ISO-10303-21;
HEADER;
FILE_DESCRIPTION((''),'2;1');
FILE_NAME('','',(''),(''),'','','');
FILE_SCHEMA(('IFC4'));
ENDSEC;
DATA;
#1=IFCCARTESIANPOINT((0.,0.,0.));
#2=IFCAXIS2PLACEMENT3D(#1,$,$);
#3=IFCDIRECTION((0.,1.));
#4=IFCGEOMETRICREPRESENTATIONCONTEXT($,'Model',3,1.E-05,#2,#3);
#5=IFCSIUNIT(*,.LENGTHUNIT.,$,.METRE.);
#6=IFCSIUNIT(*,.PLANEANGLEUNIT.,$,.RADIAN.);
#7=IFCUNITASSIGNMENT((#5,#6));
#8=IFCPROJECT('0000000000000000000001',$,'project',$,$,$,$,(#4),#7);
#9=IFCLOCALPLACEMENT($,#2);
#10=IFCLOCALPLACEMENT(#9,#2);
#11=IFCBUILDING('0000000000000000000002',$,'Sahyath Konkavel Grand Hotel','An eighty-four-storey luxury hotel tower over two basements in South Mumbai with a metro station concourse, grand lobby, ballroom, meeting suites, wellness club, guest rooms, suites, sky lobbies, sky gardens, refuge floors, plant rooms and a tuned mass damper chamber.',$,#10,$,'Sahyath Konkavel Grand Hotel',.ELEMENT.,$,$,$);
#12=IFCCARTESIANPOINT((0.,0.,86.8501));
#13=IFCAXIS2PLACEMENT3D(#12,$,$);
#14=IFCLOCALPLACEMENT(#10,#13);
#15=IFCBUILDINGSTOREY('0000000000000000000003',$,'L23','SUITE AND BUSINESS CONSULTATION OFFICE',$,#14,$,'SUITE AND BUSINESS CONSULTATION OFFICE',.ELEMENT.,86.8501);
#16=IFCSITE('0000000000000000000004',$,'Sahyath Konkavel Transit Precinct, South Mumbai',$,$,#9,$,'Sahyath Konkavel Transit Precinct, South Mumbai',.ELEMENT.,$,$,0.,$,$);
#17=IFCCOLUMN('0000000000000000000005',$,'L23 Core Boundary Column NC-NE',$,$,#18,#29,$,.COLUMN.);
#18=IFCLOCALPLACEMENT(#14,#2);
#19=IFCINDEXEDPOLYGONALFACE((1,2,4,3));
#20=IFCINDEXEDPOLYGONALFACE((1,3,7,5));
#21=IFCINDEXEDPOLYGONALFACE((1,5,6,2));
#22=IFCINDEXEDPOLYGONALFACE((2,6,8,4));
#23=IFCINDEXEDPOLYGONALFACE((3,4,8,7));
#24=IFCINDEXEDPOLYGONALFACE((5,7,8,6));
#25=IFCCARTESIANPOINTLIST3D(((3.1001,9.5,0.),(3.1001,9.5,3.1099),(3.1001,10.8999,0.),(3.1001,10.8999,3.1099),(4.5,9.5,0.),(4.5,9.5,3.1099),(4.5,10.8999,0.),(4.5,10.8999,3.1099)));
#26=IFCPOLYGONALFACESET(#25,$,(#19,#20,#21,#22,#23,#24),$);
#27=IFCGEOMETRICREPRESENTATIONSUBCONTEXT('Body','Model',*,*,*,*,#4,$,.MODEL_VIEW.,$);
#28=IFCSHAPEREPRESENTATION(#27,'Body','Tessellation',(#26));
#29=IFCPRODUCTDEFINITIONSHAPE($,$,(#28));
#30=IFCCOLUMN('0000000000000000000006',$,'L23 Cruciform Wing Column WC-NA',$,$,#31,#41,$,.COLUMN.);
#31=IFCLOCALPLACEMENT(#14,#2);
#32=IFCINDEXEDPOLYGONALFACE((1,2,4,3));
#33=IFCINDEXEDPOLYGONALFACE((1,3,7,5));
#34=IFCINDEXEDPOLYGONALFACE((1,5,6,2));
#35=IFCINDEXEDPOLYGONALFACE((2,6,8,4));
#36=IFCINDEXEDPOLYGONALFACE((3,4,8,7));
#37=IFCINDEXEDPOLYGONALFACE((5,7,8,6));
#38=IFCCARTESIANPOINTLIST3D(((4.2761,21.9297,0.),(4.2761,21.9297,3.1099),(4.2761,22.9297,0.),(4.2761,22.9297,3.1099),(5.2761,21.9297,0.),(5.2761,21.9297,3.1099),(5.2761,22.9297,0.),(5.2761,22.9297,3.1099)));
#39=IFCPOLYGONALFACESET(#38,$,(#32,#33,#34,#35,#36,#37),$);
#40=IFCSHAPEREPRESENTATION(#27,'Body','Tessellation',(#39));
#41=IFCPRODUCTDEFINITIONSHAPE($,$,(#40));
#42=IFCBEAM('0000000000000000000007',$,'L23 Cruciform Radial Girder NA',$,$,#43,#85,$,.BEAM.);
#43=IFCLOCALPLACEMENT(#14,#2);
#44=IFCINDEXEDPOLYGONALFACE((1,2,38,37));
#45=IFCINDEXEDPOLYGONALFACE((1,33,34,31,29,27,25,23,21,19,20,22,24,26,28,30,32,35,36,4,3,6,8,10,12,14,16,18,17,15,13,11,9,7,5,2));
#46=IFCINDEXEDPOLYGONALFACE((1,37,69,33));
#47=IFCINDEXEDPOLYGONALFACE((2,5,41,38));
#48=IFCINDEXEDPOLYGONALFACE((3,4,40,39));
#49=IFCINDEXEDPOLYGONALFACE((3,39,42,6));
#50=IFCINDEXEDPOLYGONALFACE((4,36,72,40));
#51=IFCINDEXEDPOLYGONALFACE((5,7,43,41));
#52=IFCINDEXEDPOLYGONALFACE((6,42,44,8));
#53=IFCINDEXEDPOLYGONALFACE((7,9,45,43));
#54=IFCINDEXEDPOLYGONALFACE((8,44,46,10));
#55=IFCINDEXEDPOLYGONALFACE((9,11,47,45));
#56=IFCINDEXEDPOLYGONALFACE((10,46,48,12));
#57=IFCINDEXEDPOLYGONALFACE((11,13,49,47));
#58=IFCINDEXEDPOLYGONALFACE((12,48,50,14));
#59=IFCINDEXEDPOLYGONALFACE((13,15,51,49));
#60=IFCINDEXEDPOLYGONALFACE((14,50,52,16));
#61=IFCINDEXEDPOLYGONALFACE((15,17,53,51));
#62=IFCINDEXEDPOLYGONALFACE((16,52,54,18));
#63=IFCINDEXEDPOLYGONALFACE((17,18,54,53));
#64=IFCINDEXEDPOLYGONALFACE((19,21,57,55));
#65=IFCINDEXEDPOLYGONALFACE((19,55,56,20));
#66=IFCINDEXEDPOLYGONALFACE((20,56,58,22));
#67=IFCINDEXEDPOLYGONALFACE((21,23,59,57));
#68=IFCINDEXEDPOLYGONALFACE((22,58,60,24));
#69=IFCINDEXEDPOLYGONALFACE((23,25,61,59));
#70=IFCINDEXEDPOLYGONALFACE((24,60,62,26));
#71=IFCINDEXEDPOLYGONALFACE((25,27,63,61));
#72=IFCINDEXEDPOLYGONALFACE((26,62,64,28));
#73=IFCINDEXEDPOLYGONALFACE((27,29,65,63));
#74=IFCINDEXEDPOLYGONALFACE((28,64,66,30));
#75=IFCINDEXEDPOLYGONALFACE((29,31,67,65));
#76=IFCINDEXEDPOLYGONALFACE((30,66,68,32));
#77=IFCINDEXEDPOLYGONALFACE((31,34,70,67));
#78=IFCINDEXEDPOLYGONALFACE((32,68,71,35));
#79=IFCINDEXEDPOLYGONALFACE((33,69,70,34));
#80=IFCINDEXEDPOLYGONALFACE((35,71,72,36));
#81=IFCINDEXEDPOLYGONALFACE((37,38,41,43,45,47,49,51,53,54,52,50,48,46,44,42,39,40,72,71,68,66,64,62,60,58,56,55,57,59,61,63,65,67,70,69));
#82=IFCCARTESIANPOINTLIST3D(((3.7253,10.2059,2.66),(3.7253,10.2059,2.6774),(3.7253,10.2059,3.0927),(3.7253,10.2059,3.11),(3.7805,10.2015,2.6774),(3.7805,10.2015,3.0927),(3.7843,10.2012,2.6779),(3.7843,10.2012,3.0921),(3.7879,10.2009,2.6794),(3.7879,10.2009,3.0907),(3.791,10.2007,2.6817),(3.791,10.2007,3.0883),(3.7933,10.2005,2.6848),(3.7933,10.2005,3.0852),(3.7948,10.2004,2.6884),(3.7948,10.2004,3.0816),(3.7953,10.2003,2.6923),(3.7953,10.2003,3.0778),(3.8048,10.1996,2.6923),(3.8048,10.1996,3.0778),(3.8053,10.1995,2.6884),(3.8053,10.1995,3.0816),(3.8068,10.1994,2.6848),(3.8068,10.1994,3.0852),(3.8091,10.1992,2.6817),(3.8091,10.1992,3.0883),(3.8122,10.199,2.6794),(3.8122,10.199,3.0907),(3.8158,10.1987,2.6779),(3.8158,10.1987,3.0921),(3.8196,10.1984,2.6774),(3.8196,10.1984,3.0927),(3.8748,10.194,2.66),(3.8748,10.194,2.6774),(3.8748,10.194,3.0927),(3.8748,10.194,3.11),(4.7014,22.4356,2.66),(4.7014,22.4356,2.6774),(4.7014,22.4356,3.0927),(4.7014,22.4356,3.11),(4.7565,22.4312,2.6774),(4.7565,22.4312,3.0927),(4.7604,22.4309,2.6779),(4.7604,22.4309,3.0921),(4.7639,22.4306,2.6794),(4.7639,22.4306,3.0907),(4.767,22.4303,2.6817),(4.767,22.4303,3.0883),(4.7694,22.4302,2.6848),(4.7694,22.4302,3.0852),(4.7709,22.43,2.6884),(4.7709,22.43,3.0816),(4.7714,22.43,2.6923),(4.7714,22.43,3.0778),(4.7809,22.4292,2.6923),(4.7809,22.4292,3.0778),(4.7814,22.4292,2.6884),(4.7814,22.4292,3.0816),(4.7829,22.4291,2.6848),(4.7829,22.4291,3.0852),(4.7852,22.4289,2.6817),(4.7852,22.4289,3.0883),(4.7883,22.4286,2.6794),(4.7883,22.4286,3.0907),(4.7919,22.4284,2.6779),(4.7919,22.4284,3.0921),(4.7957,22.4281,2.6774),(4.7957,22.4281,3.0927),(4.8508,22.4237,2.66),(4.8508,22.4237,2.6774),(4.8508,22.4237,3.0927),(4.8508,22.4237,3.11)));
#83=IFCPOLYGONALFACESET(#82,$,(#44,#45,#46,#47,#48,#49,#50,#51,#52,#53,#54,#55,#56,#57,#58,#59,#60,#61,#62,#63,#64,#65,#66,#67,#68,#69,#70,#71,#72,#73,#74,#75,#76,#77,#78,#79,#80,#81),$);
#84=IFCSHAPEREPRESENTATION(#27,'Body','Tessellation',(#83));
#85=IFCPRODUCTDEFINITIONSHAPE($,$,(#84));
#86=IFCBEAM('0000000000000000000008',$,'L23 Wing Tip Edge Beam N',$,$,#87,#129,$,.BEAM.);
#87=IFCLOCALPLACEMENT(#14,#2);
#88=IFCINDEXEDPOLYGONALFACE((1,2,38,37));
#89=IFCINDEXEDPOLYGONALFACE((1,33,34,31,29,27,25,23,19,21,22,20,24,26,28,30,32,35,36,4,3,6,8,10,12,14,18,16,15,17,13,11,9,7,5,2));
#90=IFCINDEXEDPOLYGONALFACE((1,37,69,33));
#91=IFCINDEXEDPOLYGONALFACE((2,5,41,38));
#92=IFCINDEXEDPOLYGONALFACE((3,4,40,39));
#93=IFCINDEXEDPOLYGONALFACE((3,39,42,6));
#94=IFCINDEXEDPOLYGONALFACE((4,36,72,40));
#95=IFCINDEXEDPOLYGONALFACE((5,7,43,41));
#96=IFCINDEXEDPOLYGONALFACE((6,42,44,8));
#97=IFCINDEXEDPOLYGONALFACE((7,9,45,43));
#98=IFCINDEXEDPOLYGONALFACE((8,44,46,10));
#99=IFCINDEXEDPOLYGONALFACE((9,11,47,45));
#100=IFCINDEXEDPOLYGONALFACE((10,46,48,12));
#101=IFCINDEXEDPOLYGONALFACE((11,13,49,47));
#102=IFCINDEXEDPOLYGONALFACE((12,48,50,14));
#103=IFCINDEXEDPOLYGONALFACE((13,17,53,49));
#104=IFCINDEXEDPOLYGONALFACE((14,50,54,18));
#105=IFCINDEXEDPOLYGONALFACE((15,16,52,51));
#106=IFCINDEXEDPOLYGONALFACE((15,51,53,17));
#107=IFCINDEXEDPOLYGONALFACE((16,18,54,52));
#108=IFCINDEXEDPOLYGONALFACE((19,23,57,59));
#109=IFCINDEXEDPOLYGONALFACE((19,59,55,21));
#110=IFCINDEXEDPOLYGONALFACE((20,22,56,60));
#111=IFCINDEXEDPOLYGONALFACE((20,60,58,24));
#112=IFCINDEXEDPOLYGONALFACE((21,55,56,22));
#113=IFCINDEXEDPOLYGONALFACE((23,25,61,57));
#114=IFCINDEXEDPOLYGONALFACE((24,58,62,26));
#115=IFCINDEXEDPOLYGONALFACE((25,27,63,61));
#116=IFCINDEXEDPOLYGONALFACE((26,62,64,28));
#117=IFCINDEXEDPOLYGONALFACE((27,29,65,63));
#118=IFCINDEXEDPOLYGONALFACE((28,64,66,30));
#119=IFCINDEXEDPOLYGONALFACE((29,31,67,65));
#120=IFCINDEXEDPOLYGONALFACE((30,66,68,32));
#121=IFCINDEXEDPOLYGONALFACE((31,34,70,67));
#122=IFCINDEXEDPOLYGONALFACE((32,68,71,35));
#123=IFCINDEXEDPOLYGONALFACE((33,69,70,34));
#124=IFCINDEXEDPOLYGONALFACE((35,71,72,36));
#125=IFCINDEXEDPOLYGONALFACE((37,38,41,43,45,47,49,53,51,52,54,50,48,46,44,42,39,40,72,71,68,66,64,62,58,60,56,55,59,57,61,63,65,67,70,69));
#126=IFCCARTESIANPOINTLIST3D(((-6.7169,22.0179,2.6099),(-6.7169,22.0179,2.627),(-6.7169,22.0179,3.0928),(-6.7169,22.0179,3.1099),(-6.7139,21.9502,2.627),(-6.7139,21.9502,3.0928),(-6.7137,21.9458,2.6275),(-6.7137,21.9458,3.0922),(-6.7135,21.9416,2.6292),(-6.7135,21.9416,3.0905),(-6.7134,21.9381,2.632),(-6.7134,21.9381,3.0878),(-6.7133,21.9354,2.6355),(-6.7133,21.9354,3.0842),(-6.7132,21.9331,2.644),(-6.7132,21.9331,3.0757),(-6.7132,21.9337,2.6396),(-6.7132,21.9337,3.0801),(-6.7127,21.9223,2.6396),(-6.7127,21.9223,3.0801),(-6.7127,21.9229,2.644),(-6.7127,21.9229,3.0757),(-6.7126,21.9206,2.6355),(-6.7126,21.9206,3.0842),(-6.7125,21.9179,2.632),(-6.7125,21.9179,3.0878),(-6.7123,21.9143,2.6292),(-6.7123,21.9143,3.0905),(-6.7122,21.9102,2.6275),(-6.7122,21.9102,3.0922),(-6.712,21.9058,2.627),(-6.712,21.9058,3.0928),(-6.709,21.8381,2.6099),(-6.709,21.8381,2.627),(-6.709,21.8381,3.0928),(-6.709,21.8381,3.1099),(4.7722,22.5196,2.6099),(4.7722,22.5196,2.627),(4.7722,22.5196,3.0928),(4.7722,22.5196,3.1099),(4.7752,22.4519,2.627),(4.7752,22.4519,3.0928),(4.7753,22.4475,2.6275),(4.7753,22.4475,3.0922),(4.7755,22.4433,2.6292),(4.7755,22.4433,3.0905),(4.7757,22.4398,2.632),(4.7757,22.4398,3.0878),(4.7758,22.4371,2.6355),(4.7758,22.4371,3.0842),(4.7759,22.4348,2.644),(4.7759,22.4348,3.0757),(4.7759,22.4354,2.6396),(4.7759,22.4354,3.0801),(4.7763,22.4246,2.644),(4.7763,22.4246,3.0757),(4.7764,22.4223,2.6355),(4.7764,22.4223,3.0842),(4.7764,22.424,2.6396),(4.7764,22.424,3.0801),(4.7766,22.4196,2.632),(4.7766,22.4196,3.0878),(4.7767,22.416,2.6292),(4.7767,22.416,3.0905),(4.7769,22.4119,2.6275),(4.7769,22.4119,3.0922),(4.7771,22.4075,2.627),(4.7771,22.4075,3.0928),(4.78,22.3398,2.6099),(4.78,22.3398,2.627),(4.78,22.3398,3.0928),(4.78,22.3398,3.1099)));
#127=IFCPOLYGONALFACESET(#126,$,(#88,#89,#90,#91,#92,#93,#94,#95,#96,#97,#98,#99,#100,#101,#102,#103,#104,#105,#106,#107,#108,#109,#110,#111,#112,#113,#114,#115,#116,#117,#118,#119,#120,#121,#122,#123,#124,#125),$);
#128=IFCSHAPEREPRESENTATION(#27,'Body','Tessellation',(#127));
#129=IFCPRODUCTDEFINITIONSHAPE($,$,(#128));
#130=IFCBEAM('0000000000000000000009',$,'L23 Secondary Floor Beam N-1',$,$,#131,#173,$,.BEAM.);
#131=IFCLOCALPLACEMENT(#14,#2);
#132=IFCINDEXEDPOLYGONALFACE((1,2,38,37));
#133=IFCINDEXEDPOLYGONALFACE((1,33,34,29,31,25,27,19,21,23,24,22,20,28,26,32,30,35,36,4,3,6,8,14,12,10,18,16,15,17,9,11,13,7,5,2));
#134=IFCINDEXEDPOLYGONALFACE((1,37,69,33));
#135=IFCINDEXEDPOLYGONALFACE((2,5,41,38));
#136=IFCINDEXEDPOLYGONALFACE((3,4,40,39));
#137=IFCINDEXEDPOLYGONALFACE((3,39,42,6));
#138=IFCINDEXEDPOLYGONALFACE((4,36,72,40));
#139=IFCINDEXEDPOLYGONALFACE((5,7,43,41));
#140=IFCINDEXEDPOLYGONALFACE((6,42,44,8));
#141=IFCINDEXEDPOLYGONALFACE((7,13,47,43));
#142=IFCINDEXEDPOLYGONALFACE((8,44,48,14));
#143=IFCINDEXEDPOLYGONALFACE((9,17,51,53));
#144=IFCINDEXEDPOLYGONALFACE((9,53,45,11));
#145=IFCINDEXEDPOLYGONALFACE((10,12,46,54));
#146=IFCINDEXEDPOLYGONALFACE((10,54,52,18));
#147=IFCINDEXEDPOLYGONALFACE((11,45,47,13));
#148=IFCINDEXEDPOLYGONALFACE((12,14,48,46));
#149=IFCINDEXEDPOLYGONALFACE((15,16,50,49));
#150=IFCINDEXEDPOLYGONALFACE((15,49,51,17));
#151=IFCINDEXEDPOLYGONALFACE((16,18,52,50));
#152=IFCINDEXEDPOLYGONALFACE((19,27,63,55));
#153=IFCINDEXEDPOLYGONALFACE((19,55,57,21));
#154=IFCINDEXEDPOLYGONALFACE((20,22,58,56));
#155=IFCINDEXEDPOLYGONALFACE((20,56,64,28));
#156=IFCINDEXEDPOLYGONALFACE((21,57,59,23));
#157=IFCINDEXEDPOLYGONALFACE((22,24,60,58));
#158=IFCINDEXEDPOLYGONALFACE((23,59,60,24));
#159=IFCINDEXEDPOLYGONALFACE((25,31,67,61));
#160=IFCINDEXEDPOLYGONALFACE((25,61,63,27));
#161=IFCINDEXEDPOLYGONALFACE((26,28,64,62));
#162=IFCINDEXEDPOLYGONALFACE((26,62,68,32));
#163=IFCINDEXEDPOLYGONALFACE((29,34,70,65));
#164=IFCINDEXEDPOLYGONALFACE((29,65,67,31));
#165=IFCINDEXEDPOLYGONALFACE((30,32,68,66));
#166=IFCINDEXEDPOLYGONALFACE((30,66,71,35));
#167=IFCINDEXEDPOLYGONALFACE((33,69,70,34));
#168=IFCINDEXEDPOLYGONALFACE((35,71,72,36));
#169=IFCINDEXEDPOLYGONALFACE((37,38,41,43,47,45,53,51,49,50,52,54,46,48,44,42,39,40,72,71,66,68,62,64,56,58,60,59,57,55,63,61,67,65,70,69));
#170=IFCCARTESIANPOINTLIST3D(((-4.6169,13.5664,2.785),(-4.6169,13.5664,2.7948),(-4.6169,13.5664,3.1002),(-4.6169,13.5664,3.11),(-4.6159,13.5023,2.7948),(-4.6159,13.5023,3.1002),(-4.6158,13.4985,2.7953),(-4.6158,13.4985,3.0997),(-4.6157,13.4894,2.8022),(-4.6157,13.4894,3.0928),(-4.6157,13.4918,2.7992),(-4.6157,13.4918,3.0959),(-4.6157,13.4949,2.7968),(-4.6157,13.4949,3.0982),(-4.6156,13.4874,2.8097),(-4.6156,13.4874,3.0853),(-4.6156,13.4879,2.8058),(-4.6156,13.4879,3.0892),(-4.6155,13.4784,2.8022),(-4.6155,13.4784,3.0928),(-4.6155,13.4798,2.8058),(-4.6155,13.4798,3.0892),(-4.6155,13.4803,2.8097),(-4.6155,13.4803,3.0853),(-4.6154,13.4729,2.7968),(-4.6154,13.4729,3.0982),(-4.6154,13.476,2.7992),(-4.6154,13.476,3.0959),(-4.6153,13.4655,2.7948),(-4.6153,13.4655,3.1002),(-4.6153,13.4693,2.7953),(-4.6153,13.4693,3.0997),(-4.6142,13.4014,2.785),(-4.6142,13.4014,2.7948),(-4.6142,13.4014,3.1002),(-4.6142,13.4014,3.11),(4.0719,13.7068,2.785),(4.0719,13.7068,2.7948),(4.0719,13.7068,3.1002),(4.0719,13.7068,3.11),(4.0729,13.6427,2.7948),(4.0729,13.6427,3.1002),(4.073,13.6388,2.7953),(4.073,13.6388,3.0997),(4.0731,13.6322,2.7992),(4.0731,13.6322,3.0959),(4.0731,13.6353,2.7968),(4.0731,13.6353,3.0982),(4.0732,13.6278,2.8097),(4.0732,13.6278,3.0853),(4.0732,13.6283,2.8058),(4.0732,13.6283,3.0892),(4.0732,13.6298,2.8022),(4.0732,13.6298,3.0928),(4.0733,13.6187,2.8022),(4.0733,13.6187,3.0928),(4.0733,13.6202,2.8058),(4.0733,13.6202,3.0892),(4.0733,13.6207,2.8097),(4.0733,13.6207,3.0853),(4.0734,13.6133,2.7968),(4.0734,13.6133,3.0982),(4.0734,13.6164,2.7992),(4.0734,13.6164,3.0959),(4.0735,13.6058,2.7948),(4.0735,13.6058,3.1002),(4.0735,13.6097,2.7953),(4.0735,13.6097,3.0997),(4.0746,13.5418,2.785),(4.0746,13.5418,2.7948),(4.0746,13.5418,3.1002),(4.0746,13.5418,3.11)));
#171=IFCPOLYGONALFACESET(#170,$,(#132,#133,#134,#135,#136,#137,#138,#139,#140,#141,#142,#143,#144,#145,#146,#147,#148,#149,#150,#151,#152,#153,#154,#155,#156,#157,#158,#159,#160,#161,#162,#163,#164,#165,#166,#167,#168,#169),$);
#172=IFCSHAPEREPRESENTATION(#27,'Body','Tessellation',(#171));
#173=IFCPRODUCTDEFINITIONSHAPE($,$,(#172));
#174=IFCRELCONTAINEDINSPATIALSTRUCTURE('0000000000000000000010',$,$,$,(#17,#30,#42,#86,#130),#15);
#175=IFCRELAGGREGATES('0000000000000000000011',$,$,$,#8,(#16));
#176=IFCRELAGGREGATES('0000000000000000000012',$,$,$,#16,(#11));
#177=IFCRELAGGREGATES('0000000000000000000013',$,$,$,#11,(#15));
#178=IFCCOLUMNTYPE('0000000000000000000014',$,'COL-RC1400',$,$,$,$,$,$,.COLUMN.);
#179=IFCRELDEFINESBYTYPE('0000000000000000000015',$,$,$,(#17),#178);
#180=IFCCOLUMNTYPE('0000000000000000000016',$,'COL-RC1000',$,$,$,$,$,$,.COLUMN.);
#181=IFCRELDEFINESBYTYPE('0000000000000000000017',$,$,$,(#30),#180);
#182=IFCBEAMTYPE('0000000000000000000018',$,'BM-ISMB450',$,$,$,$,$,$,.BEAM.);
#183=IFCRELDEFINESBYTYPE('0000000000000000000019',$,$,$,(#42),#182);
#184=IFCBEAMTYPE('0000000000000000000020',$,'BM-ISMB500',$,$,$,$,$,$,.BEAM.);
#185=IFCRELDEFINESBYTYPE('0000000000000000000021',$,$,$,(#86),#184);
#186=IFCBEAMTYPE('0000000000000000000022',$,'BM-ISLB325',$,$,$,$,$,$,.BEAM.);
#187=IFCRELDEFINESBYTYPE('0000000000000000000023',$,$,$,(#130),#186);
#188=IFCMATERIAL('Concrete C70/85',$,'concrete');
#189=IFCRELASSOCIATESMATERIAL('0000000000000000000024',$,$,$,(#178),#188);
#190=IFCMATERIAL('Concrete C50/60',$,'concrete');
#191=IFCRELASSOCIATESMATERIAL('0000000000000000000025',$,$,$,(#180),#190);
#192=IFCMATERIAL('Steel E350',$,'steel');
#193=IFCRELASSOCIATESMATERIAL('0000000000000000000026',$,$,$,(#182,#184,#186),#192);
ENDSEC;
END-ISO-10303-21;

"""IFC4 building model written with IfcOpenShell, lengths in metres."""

from ifc_helpers import new_model, si_unit, direction, frame, origin, origin_2d, place, context, subcontext, project, spatial, rectangle, i_section, extrude, source, transform, mapped, material, material_profile, profile_set, type_object, element, save


model = new_model("IFC4")

# Units and contexts
model_context = context("Model", 3, precision=1e-05, world=origin(), true_north=direction((0.0, 1.0)))
body_context = subcontext(model_context, "Body", "Model", "MODEL_VIEW")
ifc_project = project(units=[si_unit("LENGTHUNIT", "METRE"), si_unit("PLANEANGLEUNIT", "RADIAN")], contexts=[model_context])

# Site, building, storey
site_placement = place(None, origin())
site = spatial("IfcSite", under=ifc_project, at=site_placement, Name="Sahyath Konkavel Transit Precinct, South Mumbai", LongName="Sahyath Konkavel Transit Precinct, South Mumbai", CompositionType="ELEMENT", RefElevation=0.0)
building_placement = place(site_placement, origin())
building = spatial("IfcBuilding", under=site, at=building_placement, Name="Sahyath Konkavel Grand Hotel", Description="An eighty-four-storey luxury hotel tower over two basements in South Mumbai with a metro station concourse, grand lobby, ballroom, meeting suites, wellness club, guest rooms, suites, sky lobbies, sky gardens, refuge floors, plant rooms and a tuned mass damper chamber.", LongName="Sahyath Konkavel Grand Hotel", CompositionType="ELEMENT")
storey_placement = place(building_placement, frame((0.0, 0.0, 86.8501)))
storey = spatial("IfcBuildingStorey", under=building, at=storey_placement, Name="L23", Description="SUITE AND BUSINESS CONSULTATION OFFICE", LongName="SUITE AND BUSINESS CONSULTATION OFFICE", CompositionType="ELEMENT", Elevation=86.8501)

# Columns
ifc_material_1 = material(Name="Concrete C70/85", Category="concrete")
ifc_material_profile_1 = material_profile(ifc_material_1, rectangle(XDim=1.3999, YDim=1.3999, at=origin_2d()), Name="RC 1400x1400")
ifc_profile_set_1 = profile_set([ifc_material_profile_1], Name="Concrete C70/85")
column_type_1 = type_object("IfcColumnType", Name="COL-RC1400", PredefinedType="COLUMN", material=ifc_profile_set_1)
shared_shape_1 = source(origin(), body_context, "Body", "SweptSolid", [
    extrude(rectangle(XDim=1.3999, YDim=1.3999, at=origin_2d()), origin(), (0.0, 0.0, 1.0), 3.1099),
])
column_1_placement = place(storey_placement, frame((3.8, 10.2, 0.0), z_axis=(0.0, 0.0, 1.0), x_axis=(1.0, 0.0, 0.0)))
element("IfcColumn", 1, at=column_1_placement, inside=storey, type_object=column_type_1, Name="L23 Core Boundary Column NC-NE", PredefinedType="COLUMN", context=body_context, shape_type="MappedRepresentation", body=[
    mapped(shared_shape_1, transform((0.0, 0.0, 0.0), scale=1.0)),
])
ifc_material_2 = material(Name="Concrete C50/60", Category="concrete")
ifc_material_profile_2 = material_profile(ifc_material_2, rectangle(XDim=1.0, YDim=1.0, at=origin_2d()), Name="RC 1000x1000")
ifc_profile_set_2 = profile_set([ifc_material_profile_2], Name="Concrete C50/60")
column_type_2 = type_object("IfcColumnType", Name="COL-RC1000", PredefinedType="COLUMN", material=ifc_profile_set_2)
shared_shape_2 = source(origin(), body_context, "Body", "SweptSolid", [
    extrude(rectangle(XDim=1.0, YDim=1.0, at=origin_2d()), origin(), (0.0, 0.0, 1.0), 3.1099),
])
column_2_placement = place(storey_placement, frame((4.7761, 22.4297, 0.0), z_axis=(0.0, 0.0, 1.0), x_axis=(1.0, 0.0, 0.0)))
element("IfcColumn", 2, at=column_2_placement, inside=storey, type_object=column_type_2, Name="L23 Cruciform Wing Column WC-NA", PredefinedType="COLUMN", context=body_context, shape_type="MappedRepresentation", body=[
    mapped(shared_shape_2, transform((0.0, 0.0, 0.0), scale=1.0)),
])

# Beams
ifc_material_3 = material(Name="Steel E350", Category="steel")
ifc_material_profile_3 = material_profile(ifc_material_3, i_section(OverallWidth=0.1499, OverallDepth=0.45, WebThickness=0.0095, FlangeThickness=0.0173, FilletRadius=0.0149, at=origin_2d()), Name="ISMB 450")
ifc_profile_set_3 = profile_set([ifc_material_profile_3], Name="Steel E350")
beam_type_1 = type_object("IfcBeamType", Name="BM-ISMB450", PredefinedType="BEAM", material=ifc_profile_set_3)
shared_shape_3 = source(origin(), body_context, "Body", "SweptSolid", [
    extrude(i_section(OverallWidth=0.1499, OverallDepth=0.45, WebThickness=0.0095, FlangeThickness=0.0173, FilletRadius=0.0149, at=origin_2d()), origin(), (0.0, 0.0, 1.0), 12.2686),
])
beam_1_placement = place(storey_placement, frame((3.8, 10.2, 2.885), z_axis=(0.079559, 0.99683, 0.0), x_axis=(-0.99683, 0.079559, 0.0)))
element("IfcBeam", 3, at=beam_1_placement, inside=storey, type_object=beam_type_1, Name="L23 Cruciform Radial Girder NA", PredefinedType="BEAM", context=body_context, shape_type="MappedRepresentation", body=[
    mapped(shared_shape_3, transform((0.0, 0.0, 0.0), scale=1.0)),
])
ifc_material_profile_4 = material_profile(ifc_material_3, i_section(OverallWidth=0.1799, OverallDepth=0.5, WebThickness=0.0103, FlangeThickness=0.0171, FilletRadius=0.0171, at=origin_2d()), Name="ISMB 500")
ifc_profile_set_4 = profile_set([ifc_material_profile_4], Name="Steel E350")
beam_type_2 = type_object("IfcBeamType", Name="BM-ISMB500", PredefinedType="BEAM", material=ifc_profile_set_4)
shared_shape_4 = source(origin(), body_context, "Body", "SweptSolid", [
    extrude(i_section(OverallWidth=0.1799, OverallDepth=0.5, WebThickness=0.0103, FlangeThickness=0.0171, FilletRadius=0.0171, at=origin_2d()), origin(), (0.0, 0.0, 1.0), 11.5),
])
beam_2_placement = place(storey_placement, frame((4.7761, 22.4297, 2.8599), z_axis=(-0.999048, -0.043627, 0.0), x_axis=(0.043627, -0.999048, 0.0)))
element("IfcBeam", 4, at=beam_2_placement, inside=storey, type_object=beam_type_2, Name="L23 Wing Tip Edge Beam N", PredefinedType="BEAM", context=body_context, shape_type="MappedRepresentation", body=[
    mapped(shared_shape_4, transform((0.0, 0.0, 0.0), scale=1.0)),
])
ifc_material_profile_5 = material_profile(ifc_material_3, i_section(OverallWidth=0.165, OverallDepth=0.325, WebThickness=0.0071, FlangeThickness=0.0098, FilletRadius=0.0149, at=origin_2d()), Name="ISLB 325")
ifc_profile_set_5 = profile_set([ifc_material_profile_5], Name="Steel E350")
beam_type_3 = type_object("IfcBeamType", Name="BM-ISLB325", PredefinedType="BEAM", material=ifc_profile_set_5)
shared_shape_5 = source(origin(), body_context, "Body", "SweptSolid", [
    extrude(i_section(OverallWidth=0.165, OverallDepth=0.325, WebThickness=0.0071, FlangeThickness=0.0098, FilletRadius=0.0149, at=origin_2d()), origin(), (0.0, 0.0, 1.0), 8.6899),
])
beam_3_placement = place(storey_placement, frame((4.0732, 13.6243, 2.9475), z_axis=(-0.99987, -0.016155, 0.0), x_axis=(0.016155, -0.99987, 0.0)))
element("IfcBeam", 5, at=beam_3_placement, inside=storey, type_object=beam_type_3, Name="L23 Secondary Floor Beam N-1", PredefinedType="BEAM", context=body_context, shape_type="MappedRepresentation", body=[
    mapped(shared_shape_5, transform((0.0, 0.0, 0.0), scale=1.0)),
])

save(model, "model.ifc")
